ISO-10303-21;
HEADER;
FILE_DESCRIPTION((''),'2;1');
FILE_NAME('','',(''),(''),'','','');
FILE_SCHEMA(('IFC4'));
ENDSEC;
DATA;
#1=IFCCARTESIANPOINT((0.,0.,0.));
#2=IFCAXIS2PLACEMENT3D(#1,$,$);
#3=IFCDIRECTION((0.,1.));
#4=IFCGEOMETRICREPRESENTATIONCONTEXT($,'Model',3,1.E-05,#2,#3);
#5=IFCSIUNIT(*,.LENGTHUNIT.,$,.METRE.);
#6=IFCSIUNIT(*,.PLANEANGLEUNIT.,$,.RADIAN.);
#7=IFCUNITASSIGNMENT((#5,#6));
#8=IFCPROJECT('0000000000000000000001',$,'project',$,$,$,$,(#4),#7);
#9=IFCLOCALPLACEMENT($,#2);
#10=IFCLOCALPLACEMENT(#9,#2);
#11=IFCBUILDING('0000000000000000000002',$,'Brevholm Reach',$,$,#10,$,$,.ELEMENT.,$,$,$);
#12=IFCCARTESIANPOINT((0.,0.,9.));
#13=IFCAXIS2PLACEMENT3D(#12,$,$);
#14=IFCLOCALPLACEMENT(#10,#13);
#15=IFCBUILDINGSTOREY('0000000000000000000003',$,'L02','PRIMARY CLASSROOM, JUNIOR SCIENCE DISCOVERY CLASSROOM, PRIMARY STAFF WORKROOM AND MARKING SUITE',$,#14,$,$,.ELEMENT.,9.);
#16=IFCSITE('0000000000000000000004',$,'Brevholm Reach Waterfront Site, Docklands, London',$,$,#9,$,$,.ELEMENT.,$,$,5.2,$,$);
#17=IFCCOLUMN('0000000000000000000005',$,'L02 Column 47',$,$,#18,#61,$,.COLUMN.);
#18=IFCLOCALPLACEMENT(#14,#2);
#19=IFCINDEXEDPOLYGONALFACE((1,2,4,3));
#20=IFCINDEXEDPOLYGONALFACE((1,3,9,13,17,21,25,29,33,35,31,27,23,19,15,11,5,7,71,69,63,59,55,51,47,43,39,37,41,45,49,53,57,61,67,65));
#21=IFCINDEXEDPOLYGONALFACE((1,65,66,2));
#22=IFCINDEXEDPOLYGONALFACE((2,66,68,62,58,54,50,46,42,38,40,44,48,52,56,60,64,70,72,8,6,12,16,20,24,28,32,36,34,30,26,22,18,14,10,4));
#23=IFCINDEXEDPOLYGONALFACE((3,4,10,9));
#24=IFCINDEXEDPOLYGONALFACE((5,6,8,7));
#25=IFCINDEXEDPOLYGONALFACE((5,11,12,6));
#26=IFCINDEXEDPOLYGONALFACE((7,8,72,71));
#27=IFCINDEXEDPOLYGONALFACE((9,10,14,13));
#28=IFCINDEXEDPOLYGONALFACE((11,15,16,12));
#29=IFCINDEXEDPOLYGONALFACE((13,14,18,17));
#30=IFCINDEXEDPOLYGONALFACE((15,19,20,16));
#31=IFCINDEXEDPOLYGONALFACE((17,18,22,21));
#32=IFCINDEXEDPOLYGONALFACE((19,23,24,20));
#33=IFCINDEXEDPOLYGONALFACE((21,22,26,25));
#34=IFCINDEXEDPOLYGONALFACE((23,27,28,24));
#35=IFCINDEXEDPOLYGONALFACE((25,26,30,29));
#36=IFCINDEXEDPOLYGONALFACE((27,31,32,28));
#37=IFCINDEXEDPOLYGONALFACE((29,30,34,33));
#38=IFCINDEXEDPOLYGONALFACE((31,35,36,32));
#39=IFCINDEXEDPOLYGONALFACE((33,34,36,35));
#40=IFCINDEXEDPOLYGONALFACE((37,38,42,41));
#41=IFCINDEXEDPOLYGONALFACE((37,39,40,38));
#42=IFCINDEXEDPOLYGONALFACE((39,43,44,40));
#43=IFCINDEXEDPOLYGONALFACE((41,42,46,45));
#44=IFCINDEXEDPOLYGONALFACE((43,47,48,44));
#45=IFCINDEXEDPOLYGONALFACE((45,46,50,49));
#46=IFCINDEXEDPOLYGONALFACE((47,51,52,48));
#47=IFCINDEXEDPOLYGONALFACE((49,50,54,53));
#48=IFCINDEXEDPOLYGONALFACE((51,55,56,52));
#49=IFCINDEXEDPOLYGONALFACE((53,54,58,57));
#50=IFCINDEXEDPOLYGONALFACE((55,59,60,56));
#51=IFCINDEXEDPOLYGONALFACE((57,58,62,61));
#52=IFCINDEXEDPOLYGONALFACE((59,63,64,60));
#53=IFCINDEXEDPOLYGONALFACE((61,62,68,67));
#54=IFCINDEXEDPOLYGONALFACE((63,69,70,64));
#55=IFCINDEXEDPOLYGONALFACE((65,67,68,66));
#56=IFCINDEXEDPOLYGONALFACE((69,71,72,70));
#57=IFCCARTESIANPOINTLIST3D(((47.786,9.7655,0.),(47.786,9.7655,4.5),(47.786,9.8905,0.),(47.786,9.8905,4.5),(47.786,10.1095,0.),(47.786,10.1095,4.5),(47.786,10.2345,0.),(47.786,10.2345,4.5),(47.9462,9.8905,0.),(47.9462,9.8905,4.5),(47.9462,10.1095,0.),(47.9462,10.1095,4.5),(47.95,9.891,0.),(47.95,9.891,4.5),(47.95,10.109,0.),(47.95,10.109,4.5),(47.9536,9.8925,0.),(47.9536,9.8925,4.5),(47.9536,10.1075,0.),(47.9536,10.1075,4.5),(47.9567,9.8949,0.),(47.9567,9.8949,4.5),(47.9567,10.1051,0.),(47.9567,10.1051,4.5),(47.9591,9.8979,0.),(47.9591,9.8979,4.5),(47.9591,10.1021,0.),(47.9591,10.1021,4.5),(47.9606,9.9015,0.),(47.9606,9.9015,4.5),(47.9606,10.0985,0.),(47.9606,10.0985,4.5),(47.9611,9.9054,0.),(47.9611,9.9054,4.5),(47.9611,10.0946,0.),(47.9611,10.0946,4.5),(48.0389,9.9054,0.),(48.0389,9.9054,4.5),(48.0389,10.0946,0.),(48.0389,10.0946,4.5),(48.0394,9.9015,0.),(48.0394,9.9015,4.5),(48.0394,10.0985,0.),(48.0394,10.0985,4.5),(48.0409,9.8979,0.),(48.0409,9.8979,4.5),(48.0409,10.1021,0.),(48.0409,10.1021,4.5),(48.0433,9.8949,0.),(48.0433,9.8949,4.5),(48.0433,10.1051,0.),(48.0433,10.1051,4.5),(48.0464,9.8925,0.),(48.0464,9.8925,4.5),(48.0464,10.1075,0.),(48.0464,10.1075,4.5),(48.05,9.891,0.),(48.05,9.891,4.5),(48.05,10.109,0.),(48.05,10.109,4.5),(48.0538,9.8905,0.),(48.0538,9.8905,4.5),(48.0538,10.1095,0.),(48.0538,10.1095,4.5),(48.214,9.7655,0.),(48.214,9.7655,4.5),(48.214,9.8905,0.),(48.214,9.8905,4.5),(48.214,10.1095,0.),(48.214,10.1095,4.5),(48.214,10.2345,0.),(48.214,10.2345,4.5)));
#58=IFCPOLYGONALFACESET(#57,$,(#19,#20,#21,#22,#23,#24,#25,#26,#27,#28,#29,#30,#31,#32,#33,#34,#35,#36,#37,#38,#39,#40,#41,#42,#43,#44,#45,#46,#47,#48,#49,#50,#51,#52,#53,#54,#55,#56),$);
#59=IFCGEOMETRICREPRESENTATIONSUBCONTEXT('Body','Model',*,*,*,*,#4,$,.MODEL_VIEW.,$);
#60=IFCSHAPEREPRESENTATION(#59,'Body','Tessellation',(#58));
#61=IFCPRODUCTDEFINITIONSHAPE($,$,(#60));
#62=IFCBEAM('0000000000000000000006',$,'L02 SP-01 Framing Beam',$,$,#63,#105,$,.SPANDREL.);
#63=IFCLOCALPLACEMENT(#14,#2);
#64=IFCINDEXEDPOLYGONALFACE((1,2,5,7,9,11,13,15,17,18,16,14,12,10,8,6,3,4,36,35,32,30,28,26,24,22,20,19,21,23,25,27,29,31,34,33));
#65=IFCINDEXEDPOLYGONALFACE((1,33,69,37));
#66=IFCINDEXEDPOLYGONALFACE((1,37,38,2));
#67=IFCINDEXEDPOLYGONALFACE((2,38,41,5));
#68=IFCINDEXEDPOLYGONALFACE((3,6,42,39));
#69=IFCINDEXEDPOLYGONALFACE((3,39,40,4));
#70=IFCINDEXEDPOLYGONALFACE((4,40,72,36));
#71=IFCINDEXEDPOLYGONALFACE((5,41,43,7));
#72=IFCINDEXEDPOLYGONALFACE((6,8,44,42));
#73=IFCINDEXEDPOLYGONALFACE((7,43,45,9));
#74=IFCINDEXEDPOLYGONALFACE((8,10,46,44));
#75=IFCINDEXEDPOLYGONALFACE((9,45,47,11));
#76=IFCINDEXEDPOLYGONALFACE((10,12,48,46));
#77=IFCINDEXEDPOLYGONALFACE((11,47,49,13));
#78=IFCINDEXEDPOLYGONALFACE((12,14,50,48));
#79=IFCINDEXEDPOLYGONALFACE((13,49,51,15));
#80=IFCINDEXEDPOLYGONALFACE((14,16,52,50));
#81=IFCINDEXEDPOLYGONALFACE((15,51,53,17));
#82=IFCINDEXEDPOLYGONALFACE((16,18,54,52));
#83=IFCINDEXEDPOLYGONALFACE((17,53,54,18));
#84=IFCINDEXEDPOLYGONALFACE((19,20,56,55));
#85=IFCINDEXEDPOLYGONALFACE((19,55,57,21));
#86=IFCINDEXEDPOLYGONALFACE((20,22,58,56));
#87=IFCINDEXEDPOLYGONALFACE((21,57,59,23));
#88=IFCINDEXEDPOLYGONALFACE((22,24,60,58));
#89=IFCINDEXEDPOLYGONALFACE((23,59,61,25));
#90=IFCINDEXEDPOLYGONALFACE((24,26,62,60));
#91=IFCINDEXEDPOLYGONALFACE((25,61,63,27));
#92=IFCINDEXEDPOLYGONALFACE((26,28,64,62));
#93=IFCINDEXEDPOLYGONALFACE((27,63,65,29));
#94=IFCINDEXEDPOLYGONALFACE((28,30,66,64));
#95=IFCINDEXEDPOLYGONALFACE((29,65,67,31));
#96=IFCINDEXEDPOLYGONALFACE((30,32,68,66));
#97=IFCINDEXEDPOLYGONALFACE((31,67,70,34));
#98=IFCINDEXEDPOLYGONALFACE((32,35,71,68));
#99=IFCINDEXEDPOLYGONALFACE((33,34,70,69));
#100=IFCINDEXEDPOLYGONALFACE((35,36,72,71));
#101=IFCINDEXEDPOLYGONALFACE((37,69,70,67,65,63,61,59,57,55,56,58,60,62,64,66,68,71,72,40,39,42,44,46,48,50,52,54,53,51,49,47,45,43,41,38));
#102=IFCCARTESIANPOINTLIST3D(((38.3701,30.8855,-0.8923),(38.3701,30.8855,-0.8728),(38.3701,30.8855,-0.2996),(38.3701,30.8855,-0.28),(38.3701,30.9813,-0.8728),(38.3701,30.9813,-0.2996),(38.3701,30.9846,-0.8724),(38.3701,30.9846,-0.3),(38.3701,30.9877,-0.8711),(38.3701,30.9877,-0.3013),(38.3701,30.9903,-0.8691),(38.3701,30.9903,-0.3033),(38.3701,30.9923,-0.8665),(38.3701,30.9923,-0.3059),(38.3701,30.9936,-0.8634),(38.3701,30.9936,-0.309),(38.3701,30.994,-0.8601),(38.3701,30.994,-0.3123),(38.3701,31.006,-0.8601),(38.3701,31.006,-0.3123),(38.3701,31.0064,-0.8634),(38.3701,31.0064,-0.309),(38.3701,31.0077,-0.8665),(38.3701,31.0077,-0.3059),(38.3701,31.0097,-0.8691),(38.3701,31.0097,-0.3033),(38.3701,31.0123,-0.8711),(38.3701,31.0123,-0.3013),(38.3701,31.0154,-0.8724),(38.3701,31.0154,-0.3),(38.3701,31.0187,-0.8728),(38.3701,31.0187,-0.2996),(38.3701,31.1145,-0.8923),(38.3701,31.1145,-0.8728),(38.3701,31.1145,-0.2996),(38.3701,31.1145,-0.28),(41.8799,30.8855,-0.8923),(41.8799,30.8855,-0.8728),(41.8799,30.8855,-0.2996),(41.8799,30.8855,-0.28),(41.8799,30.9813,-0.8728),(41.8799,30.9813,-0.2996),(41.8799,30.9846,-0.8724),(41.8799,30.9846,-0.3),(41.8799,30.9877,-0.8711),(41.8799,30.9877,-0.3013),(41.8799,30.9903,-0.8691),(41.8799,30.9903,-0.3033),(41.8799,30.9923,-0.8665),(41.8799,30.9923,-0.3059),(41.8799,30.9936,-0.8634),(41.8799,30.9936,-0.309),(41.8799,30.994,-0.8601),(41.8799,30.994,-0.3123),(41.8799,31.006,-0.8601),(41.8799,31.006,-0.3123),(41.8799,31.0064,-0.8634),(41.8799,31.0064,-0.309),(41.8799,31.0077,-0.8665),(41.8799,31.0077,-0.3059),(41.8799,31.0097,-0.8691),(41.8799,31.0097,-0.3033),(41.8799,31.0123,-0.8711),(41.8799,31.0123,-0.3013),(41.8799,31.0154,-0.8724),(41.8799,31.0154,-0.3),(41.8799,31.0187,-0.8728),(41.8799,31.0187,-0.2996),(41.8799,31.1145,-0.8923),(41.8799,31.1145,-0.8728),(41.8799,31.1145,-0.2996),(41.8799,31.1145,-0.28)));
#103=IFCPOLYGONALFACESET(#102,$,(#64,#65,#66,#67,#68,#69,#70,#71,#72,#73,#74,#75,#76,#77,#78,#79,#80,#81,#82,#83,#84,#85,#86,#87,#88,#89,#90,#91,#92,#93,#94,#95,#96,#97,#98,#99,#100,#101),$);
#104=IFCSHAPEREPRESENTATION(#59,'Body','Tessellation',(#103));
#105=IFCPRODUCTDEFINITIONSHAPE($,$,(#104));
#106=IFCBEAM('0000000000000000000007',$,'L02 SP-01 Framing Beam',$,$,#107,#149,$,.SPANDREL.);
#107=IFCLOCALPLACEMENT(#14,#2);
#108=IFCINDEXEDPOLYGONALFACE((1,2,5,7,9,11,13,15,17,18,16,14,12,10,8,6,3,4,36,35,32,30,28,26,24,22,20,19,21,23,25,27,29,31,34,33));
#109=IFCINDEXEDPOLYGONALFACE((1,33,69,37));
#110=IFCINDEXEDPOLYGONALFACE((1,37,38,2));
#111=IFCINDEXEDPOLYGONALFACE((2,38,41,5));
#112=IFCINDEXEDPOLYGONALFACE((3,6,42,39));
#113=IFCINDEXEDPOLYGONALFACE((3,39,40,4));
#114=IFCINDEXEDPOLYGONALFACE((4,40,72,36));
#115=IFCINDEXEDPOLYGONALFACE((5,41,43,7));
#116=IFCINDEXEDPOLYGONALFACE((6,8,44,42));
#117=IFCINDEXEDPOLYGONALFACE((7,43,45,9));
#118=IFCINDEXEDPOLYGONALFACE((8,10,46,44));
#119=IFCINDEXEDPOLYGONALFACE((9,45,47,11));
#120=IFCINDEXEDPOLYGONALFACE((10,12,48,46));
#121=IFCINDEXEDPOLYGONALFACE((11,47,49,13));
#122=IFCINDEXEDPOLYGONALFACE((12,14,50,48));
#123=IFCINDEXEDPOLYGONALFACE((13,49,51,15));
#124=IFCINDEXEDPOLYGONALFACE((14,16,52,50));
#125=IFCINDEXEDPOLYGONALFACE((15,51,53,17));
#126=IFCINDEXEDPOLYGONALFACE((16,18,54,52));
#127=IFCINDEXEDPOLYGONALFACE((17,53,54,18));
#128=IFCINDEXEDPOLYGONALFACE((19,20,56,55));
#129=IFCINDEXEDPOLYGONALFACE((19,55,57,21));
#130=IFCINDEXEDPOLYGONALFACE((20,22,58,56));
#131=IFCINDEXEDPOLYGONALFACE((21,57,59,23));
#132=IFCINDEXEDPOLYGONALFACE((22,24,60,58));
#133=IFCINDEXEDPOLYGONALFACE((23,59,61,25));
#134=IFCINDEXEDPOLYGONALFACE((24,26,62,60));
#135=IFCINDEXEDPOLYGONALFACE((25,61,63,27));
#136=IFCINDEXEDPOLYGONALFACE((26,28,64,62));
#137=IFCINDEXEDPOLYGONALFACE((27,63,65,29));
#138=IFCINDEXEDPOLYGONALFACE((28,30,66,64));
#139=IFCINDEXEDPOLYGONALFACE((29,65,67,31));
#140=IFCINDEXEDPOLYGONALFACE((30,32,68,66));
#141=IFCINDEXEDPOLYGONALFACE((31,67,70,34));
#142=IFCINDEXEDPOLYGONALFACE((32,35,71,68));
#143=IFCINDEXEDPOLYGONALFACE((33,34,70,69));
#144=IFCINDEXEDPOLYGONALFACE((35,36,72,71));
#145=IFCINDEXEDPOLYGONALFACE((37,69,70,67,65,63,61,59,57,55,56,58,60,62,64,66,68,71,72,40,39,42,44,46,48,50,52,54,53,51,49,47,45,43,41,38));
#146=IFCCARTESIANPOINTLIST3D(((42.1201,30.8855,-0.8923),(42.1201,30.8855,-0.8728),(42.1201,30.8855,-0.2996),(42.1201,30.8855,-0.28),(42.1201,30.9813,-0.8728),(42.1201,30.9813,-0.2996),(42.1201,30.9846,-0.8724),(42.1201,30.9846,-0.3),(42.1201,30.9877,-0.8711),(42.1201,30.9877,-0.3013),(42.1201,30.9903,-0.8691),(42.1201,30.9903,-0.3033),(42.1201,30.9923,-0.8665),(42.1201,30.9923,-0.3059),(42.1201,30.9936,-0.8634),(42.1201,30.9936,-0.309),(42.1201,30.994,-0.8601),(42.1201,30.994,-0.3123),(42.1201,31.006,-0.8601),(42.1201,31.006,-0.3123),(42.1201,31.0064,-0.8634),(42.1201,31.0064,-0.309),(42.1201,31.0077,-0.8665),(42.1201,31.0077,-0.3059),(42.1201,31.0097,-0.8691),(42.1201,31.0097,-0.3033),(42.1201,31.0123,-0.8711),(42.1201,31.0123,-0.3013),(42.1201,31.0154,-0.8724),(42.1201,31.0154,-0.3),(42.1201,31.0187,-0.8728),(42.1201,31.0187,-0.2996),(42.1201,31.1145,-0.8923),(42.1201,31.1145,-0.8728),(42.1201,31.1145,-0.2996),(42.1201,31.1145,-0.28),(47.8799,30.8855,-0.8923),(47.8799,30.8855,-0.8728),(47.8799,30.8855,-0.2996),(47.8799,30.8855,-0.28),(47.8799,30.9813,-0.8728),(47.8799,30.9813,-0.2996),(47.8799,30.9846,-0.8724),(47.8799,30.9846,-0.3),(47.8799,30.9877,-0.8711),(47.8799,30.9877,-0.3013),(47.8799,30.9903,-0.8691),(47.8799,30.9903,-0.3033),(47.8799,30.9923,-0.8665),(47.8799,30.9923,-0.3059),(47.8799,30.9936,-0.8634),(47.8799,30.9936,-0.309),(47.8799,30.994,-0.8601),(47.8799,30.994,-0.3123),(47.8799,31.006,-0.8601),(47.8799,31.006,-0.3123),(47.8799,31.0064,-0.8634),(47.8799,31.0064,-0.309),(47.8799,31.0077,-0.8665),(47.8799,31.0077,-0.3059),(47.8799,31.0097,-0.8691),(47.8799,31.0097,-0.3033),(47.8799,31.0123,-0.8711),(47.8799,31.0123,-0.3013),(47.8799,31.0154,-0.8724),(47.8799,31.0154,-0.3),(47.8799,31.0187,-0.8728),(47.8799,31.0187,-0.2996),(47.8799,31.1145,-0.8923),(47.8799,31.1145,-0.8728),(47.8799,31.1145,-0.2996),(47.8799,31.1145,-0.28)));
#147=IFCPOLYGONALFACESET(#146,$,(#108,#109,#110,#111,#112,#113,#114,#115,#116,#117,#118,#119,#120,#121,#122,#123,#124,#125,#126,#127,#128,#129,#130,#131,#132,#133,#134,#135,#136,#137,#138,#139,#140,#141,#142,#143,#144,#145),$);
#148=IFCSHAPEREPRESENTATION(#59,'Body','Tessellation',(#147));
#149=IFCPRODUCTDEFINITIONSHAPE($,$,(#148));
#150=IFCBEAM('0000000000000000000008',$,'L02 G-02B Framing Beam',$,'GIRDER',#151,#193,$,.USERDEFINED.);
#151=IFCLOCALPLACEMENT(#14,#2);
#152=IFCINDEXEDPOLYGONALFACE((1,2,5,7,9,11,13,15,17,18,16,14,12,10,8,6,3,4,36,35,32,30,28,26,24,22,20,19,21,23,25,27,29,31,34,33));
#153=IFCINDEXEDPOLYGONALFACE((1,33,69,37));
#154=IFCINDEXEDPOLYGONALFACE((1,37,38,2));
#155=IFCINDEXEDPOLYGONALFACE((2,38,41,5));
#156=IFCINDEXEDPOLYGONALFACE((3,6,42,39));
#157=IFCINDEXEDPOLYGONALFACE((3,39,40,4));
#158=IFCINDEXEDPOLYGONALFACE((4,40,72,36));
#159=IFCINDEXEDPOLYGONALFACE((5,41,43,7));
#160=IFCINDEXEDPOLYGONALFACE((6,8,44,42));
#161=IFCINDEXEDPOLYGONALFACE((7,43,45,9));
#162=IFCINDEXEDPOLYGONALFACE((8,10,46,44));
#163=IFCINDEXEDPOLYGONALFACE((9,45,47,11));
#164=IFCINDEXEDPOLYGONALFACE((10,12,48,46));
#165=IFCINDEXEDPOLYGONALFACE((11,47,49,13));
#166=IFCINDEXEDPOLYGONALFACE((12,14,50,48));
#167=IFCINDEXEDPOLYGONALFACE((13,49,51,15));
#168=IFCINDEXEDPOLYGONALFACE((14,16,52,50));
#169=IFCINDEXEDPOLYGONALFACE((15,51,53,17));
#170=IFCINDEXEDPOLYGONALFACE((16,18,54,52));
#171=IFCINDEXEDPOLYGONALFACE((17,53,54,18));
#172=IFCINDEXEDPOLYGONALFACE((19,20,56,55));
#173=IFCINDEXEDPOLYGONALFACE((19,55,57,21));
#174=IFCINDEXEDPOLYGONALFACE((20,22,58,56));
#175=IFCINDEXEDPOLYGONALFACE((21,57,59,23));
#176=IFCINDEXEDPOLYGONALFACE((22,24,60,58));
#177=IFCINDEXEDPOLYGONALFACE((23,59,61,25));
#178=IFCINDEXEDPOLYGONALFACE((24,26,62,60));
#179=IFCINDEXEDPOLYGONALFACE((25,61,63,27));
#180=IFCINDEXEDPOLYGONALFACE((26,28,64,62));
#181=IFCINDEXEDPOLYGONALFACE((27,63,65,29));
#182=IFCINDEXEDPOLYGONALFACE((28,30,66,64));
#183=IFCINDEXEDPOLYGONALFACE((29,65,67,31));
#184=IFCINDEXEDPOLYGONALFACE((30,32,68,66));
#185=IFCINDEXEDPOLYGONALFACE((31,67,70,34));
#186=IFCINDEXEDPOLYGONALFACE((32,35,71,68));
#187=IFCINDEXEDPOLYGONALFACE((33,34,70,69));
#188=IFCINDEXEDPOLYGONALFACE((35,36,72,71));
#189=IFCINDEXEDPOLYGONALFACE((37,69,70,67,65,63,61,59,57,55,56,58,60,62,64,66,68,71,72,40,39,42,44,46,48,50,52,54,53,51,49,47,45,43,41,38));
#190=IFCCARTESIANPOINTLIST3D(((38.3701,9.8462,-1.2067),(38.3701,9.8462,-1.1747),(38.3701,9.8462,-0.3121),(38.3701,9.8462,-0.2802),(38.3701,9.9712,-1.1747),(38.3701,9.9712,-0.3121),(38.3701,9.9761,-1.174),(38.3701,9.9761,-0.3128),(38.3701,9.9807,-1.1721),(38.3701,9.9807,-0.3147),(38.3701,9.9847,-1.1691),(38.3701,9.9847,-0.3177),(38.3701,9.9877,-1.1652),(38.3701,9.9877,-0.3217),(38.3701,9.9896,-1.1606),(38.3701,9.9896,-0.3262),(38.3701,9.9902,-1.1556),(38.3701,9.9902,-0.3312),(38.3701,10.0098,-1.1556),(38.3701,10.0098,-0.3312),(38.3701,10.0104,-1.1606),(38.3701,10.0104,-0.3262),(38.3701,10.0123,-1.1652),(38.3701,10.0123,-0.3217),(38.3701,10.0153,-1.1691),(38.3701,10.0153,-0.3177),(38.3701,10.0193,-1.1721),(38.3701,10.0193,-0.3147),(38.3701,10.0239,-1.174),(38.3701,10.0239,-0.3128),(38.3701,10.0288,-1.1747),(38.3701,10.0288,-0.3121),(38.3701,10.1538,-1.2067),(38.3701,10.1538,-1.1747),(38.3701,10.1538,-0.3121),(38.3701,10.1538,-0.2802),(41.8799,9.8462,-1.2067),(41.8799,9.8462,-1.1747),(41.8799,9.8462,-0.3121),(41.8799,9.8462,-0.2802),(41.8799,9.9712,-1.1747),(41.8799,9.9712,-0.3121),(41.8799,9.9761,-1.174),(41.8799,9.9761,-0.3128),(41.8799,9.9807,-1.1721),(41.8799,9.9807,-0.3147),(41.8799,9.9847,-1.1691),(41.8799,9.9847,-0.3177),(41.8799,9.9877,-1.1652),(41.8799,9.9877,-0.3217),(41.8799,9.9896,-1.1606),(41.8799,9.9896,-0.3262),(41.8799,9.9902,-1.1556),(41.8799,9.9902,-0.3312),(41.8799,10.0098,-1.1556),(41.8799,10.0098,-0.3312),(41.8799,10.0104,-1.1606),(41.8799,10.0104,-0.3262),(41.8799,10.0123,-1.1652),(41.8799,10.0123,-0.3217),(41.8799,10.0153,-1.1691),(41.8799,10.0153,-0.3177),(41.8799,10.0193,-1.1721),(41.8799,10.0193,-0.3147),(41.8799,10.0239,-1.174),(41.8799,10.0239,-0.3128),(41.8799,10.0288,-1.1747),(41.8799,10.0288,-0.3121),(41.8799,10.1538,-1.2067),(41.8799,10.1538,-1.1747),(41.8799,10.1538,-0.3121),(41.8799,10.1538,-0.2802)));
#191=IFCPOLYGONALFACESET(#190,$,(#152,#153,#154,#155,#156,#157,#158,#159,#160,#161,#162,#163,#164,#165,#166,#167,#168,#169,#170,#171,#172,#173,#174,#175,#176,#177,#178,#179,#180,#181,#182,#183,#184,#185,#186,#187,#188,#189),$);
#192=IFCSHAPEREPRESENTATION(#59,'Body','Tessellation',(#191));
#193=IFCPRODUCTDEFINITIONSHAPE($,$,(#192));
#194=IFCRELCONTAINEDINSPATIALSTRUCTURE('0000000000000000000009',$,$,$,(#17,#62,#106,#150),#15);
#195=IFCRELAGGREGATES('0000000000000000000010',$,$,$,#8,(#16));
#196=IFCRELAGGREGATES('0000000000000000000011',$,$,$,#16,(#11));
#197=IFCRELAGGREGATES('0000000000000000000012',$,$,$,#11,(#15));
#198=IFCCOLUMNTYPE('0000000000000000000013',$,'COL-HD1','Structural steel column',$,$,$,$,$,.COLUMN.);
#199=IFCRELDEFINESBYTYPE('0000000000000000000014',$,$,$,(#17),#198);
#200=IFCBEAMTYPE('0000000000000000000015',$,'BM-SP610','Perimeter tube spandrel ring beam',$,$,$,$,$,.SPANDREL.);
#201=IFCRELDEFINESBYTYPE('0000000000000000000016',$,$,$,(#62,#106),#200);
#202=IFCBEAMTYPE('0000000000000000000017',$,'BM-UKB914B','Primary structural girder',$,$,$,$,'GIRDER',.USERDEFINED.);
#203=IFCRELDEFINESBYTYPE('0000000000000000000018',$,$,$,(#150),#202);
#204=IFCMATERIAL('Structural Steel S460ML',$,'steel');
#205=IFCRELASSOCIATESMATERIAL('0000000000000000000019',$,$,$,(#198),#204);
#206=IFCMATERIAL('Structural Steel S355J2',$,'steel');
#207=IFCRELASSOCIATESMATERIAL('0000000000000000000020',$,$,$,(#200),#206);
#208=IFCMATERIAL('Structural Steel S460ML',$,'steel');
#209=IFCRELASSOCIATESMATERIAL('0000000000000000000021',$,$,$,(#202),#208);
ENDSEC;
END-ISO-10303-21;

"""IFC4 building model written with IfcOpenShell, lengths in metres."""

from ifc_helpers import new_model, si_unit, direction, frame, origin, origin_2d, place, context, subcontext, project, spatial, i_section, extrude, material, material_profile, profile_set, type_object, element, save


model = new_model("IFC4")

# Units and contexts
model_context = context("Model", 3, precision=1e-05, world=origin(), true_north=direction((0.0, 1.0)))
body_context = subcontext(model_context, "Body", "Model", "MODEL_VIEW")
ifc_project = project(units=[si_unit("LENGTHUNIT", "METRE"), si_unit("PLANEANGLEUNIT", "RADIAN")], contexts=[model_context])

# Site, building, storey
site_placement = place(None, origin())
site = spatial("IfcSite", under=ifc_project, at=site_placement, Name="Brevholm Reach Waterfront Site, Docklands, London", CompositionType="ELEMENT", RefElevation=5.2)
building_placement = place(site_placement, origin())
building = spatial("IfcBuilding", under=site, at=building_placement, Name="Brevholm Reach", CompositionType="ELEMENT")
storey_placement = place(building_placement, frame((0.0, 0.0, 9.0)))
storey = spatial("IfcBuildingStorey", under=building, at=storey_placement, Name="L02", Description="PRIMARY CLASSROOM, JUNIOR SCIENCE DISCOVERY CLASSROOM, PRIMARY STAFF WORKROOM AND MARKING SUITE", CompositionType="ELEMENT", Elevation=9.0)

# Column
ifc_material_1 = material(Name="Structural Steel S460ML", Category="steel")
ifc_material_profile_1 = material_profile(ifc_material_1, i_section(OverallWidth=0.428, OverallDepth=0.469, WebThickness=0.0779, FlangeThickness=0.125, FilletRadius=0.0149, at=origin_2d()), Name="HD 400x1086")
ifc_profile_set_1 = profile_set([ifc_material_profile_1], Name="Structural Steel S460ML")
column_type = type_object("IfcColumnType", Name="COL-HD1", Description="Structural steel column", PredefinedType="COLUMN", material=ifc_profile_set_1)
for number, where, z_axis, x_axis, name in (
    (1, (48.0, 10.0, 0.0), (0.0, 0.0, 1.0), (1.0, 0.0, 0.0), "L02 Column 47"),
):
    element("IfcColumn", number, at=place(storey_placement, frame(where, z_axis=z_axis, x_axis=x_axis)), inside=storey, type_object=column_type, Name=name, PredefinedType="COLUMN", context=body_context, shape_type="SweptSolid", body=[
        extrude(i_section(OverallWidth=0.428, OverallDepth=0.469, WebThickness=0.0779, FlangeThickness=0.125, FilletRadius=0.0149, at=origin_2d()), origin(), (0.0, 0.0, 1.0), 4.5),
    ])

# Beams
ifc_material_2 = material(Name="Structural Steel S355J2", Category="steel")
ifc_material_profile_2 = material_profile(ifc_material_2, i_section(OverallWidth=0.229, OverallDepth=0.6123, WebThickness=0.012, FlangeThickness=0.0195, FilletRadius=0.0127, at=origin_2d()), Name="UKB 610x229x125")
ifc_profile_set_2 = profile_set([ifc_material_profile_2], Name="Structural Steel S355J2")
beam_type_1 = type_object("IfcBeamType", Name="BM-SP610", Description="Perimeter tube spandrel ring beam", PredefinedType="SPANDREL", material=ifc_profile_set_2)
beam_1_placement = place(storey_placement, frame((38.3701, 31.0, -0.5862), z_axis=(1.0, 0.0, 0.0), x_axis=(0.0, 1.0, 0.0)))
element("IfcBeam", 2, at=beam_1_placement, inside=storey, type_object=beam_type_1, Name="L02 SP-01 Framing Beam", PredefinedType="SPANDREL", context=body_context, shape_type="SweptSolid", body=[
    extrude(i_section(OverallWidth=0.229, OverallDepth=0.6123, WebThickness=0.012, FlangeThickness=0.0195, FilletRadius=0.0127, at=origin_2d()), origin(), (0.0, 0.0, 1.0), 3.5098),
])
beam_2_placement = place(storey_placement, frame((42.1201, 31.0, -0.5862), z_axis=(1.0, 0.0, 0.0), x_axis=(0.0, 1.0, 0.0)))
element("IfcBeam", 3, at=beam_2_placement, inside=storey, type_object=beam_type_1, Name="L02 SP-01 Framing Beam", PredefinedType="SPANDREL", context=body_context, shape_type="SweptSolid", body=[
    extrude(i_section(OverallWidth=0.229, OverallDepth=0.6123, WebThickness=0.012, FlangeThickness=0.0195, FilletRadius=0.0127, at=origin_2d()), origin(), (0.0, 0.0, 1.0), 5.7598),
])
ifc_material_3 = material(Name="Structural Steel S460ML", Category="steel")
ifc_material_profile_3 = material_profile(ifc_material_3, i_section(OverallWidth=0.3076, OverallDepth=0.9265, WebThickness=0.0195, FlangeThickness=0.032, FilletRadius=0.019, at=origin_2d()), Name="UKB 914x305x289")
ifc_profile_set_3 = profile_set([ifc_material_profile_3], Name="Structural Steel S460ML")
beam_type_2 = type_object("IfcBeamType", Name="BM-UKB914B", Description="Primary structural girder", ElementType="GIRDER", PredefinedType="USERDEFINED", material=ifc_profile_set_3)
beam_3_placement = place(storey_placement, frame((38.3701, 10.0, -0.7434), z_axis=(1.0, 0.0, 0.0), x_axis=(0.0, 1.0, 0.0)))
element("IfcBeam", 4, at=beam_3_placement, inside=storey, type_object=beam_type_2, Name="L02 G-02B Framing Beam", ObjectType="GIRDER", PredefinedType="USERDEFINED", context=body_context, shape_type="SweptSolid", body=[
    extrude(i_section(OverallWidth=0.3076, OverallDepth=0.9265, WebThickness=0.0195, FlangeThickness=0.032, FilletRadius=0.019, at=origin_2d()), origin(), (0.0, 0.0, 1.0), 3.5098),
])

save(model, "model.ifc")
